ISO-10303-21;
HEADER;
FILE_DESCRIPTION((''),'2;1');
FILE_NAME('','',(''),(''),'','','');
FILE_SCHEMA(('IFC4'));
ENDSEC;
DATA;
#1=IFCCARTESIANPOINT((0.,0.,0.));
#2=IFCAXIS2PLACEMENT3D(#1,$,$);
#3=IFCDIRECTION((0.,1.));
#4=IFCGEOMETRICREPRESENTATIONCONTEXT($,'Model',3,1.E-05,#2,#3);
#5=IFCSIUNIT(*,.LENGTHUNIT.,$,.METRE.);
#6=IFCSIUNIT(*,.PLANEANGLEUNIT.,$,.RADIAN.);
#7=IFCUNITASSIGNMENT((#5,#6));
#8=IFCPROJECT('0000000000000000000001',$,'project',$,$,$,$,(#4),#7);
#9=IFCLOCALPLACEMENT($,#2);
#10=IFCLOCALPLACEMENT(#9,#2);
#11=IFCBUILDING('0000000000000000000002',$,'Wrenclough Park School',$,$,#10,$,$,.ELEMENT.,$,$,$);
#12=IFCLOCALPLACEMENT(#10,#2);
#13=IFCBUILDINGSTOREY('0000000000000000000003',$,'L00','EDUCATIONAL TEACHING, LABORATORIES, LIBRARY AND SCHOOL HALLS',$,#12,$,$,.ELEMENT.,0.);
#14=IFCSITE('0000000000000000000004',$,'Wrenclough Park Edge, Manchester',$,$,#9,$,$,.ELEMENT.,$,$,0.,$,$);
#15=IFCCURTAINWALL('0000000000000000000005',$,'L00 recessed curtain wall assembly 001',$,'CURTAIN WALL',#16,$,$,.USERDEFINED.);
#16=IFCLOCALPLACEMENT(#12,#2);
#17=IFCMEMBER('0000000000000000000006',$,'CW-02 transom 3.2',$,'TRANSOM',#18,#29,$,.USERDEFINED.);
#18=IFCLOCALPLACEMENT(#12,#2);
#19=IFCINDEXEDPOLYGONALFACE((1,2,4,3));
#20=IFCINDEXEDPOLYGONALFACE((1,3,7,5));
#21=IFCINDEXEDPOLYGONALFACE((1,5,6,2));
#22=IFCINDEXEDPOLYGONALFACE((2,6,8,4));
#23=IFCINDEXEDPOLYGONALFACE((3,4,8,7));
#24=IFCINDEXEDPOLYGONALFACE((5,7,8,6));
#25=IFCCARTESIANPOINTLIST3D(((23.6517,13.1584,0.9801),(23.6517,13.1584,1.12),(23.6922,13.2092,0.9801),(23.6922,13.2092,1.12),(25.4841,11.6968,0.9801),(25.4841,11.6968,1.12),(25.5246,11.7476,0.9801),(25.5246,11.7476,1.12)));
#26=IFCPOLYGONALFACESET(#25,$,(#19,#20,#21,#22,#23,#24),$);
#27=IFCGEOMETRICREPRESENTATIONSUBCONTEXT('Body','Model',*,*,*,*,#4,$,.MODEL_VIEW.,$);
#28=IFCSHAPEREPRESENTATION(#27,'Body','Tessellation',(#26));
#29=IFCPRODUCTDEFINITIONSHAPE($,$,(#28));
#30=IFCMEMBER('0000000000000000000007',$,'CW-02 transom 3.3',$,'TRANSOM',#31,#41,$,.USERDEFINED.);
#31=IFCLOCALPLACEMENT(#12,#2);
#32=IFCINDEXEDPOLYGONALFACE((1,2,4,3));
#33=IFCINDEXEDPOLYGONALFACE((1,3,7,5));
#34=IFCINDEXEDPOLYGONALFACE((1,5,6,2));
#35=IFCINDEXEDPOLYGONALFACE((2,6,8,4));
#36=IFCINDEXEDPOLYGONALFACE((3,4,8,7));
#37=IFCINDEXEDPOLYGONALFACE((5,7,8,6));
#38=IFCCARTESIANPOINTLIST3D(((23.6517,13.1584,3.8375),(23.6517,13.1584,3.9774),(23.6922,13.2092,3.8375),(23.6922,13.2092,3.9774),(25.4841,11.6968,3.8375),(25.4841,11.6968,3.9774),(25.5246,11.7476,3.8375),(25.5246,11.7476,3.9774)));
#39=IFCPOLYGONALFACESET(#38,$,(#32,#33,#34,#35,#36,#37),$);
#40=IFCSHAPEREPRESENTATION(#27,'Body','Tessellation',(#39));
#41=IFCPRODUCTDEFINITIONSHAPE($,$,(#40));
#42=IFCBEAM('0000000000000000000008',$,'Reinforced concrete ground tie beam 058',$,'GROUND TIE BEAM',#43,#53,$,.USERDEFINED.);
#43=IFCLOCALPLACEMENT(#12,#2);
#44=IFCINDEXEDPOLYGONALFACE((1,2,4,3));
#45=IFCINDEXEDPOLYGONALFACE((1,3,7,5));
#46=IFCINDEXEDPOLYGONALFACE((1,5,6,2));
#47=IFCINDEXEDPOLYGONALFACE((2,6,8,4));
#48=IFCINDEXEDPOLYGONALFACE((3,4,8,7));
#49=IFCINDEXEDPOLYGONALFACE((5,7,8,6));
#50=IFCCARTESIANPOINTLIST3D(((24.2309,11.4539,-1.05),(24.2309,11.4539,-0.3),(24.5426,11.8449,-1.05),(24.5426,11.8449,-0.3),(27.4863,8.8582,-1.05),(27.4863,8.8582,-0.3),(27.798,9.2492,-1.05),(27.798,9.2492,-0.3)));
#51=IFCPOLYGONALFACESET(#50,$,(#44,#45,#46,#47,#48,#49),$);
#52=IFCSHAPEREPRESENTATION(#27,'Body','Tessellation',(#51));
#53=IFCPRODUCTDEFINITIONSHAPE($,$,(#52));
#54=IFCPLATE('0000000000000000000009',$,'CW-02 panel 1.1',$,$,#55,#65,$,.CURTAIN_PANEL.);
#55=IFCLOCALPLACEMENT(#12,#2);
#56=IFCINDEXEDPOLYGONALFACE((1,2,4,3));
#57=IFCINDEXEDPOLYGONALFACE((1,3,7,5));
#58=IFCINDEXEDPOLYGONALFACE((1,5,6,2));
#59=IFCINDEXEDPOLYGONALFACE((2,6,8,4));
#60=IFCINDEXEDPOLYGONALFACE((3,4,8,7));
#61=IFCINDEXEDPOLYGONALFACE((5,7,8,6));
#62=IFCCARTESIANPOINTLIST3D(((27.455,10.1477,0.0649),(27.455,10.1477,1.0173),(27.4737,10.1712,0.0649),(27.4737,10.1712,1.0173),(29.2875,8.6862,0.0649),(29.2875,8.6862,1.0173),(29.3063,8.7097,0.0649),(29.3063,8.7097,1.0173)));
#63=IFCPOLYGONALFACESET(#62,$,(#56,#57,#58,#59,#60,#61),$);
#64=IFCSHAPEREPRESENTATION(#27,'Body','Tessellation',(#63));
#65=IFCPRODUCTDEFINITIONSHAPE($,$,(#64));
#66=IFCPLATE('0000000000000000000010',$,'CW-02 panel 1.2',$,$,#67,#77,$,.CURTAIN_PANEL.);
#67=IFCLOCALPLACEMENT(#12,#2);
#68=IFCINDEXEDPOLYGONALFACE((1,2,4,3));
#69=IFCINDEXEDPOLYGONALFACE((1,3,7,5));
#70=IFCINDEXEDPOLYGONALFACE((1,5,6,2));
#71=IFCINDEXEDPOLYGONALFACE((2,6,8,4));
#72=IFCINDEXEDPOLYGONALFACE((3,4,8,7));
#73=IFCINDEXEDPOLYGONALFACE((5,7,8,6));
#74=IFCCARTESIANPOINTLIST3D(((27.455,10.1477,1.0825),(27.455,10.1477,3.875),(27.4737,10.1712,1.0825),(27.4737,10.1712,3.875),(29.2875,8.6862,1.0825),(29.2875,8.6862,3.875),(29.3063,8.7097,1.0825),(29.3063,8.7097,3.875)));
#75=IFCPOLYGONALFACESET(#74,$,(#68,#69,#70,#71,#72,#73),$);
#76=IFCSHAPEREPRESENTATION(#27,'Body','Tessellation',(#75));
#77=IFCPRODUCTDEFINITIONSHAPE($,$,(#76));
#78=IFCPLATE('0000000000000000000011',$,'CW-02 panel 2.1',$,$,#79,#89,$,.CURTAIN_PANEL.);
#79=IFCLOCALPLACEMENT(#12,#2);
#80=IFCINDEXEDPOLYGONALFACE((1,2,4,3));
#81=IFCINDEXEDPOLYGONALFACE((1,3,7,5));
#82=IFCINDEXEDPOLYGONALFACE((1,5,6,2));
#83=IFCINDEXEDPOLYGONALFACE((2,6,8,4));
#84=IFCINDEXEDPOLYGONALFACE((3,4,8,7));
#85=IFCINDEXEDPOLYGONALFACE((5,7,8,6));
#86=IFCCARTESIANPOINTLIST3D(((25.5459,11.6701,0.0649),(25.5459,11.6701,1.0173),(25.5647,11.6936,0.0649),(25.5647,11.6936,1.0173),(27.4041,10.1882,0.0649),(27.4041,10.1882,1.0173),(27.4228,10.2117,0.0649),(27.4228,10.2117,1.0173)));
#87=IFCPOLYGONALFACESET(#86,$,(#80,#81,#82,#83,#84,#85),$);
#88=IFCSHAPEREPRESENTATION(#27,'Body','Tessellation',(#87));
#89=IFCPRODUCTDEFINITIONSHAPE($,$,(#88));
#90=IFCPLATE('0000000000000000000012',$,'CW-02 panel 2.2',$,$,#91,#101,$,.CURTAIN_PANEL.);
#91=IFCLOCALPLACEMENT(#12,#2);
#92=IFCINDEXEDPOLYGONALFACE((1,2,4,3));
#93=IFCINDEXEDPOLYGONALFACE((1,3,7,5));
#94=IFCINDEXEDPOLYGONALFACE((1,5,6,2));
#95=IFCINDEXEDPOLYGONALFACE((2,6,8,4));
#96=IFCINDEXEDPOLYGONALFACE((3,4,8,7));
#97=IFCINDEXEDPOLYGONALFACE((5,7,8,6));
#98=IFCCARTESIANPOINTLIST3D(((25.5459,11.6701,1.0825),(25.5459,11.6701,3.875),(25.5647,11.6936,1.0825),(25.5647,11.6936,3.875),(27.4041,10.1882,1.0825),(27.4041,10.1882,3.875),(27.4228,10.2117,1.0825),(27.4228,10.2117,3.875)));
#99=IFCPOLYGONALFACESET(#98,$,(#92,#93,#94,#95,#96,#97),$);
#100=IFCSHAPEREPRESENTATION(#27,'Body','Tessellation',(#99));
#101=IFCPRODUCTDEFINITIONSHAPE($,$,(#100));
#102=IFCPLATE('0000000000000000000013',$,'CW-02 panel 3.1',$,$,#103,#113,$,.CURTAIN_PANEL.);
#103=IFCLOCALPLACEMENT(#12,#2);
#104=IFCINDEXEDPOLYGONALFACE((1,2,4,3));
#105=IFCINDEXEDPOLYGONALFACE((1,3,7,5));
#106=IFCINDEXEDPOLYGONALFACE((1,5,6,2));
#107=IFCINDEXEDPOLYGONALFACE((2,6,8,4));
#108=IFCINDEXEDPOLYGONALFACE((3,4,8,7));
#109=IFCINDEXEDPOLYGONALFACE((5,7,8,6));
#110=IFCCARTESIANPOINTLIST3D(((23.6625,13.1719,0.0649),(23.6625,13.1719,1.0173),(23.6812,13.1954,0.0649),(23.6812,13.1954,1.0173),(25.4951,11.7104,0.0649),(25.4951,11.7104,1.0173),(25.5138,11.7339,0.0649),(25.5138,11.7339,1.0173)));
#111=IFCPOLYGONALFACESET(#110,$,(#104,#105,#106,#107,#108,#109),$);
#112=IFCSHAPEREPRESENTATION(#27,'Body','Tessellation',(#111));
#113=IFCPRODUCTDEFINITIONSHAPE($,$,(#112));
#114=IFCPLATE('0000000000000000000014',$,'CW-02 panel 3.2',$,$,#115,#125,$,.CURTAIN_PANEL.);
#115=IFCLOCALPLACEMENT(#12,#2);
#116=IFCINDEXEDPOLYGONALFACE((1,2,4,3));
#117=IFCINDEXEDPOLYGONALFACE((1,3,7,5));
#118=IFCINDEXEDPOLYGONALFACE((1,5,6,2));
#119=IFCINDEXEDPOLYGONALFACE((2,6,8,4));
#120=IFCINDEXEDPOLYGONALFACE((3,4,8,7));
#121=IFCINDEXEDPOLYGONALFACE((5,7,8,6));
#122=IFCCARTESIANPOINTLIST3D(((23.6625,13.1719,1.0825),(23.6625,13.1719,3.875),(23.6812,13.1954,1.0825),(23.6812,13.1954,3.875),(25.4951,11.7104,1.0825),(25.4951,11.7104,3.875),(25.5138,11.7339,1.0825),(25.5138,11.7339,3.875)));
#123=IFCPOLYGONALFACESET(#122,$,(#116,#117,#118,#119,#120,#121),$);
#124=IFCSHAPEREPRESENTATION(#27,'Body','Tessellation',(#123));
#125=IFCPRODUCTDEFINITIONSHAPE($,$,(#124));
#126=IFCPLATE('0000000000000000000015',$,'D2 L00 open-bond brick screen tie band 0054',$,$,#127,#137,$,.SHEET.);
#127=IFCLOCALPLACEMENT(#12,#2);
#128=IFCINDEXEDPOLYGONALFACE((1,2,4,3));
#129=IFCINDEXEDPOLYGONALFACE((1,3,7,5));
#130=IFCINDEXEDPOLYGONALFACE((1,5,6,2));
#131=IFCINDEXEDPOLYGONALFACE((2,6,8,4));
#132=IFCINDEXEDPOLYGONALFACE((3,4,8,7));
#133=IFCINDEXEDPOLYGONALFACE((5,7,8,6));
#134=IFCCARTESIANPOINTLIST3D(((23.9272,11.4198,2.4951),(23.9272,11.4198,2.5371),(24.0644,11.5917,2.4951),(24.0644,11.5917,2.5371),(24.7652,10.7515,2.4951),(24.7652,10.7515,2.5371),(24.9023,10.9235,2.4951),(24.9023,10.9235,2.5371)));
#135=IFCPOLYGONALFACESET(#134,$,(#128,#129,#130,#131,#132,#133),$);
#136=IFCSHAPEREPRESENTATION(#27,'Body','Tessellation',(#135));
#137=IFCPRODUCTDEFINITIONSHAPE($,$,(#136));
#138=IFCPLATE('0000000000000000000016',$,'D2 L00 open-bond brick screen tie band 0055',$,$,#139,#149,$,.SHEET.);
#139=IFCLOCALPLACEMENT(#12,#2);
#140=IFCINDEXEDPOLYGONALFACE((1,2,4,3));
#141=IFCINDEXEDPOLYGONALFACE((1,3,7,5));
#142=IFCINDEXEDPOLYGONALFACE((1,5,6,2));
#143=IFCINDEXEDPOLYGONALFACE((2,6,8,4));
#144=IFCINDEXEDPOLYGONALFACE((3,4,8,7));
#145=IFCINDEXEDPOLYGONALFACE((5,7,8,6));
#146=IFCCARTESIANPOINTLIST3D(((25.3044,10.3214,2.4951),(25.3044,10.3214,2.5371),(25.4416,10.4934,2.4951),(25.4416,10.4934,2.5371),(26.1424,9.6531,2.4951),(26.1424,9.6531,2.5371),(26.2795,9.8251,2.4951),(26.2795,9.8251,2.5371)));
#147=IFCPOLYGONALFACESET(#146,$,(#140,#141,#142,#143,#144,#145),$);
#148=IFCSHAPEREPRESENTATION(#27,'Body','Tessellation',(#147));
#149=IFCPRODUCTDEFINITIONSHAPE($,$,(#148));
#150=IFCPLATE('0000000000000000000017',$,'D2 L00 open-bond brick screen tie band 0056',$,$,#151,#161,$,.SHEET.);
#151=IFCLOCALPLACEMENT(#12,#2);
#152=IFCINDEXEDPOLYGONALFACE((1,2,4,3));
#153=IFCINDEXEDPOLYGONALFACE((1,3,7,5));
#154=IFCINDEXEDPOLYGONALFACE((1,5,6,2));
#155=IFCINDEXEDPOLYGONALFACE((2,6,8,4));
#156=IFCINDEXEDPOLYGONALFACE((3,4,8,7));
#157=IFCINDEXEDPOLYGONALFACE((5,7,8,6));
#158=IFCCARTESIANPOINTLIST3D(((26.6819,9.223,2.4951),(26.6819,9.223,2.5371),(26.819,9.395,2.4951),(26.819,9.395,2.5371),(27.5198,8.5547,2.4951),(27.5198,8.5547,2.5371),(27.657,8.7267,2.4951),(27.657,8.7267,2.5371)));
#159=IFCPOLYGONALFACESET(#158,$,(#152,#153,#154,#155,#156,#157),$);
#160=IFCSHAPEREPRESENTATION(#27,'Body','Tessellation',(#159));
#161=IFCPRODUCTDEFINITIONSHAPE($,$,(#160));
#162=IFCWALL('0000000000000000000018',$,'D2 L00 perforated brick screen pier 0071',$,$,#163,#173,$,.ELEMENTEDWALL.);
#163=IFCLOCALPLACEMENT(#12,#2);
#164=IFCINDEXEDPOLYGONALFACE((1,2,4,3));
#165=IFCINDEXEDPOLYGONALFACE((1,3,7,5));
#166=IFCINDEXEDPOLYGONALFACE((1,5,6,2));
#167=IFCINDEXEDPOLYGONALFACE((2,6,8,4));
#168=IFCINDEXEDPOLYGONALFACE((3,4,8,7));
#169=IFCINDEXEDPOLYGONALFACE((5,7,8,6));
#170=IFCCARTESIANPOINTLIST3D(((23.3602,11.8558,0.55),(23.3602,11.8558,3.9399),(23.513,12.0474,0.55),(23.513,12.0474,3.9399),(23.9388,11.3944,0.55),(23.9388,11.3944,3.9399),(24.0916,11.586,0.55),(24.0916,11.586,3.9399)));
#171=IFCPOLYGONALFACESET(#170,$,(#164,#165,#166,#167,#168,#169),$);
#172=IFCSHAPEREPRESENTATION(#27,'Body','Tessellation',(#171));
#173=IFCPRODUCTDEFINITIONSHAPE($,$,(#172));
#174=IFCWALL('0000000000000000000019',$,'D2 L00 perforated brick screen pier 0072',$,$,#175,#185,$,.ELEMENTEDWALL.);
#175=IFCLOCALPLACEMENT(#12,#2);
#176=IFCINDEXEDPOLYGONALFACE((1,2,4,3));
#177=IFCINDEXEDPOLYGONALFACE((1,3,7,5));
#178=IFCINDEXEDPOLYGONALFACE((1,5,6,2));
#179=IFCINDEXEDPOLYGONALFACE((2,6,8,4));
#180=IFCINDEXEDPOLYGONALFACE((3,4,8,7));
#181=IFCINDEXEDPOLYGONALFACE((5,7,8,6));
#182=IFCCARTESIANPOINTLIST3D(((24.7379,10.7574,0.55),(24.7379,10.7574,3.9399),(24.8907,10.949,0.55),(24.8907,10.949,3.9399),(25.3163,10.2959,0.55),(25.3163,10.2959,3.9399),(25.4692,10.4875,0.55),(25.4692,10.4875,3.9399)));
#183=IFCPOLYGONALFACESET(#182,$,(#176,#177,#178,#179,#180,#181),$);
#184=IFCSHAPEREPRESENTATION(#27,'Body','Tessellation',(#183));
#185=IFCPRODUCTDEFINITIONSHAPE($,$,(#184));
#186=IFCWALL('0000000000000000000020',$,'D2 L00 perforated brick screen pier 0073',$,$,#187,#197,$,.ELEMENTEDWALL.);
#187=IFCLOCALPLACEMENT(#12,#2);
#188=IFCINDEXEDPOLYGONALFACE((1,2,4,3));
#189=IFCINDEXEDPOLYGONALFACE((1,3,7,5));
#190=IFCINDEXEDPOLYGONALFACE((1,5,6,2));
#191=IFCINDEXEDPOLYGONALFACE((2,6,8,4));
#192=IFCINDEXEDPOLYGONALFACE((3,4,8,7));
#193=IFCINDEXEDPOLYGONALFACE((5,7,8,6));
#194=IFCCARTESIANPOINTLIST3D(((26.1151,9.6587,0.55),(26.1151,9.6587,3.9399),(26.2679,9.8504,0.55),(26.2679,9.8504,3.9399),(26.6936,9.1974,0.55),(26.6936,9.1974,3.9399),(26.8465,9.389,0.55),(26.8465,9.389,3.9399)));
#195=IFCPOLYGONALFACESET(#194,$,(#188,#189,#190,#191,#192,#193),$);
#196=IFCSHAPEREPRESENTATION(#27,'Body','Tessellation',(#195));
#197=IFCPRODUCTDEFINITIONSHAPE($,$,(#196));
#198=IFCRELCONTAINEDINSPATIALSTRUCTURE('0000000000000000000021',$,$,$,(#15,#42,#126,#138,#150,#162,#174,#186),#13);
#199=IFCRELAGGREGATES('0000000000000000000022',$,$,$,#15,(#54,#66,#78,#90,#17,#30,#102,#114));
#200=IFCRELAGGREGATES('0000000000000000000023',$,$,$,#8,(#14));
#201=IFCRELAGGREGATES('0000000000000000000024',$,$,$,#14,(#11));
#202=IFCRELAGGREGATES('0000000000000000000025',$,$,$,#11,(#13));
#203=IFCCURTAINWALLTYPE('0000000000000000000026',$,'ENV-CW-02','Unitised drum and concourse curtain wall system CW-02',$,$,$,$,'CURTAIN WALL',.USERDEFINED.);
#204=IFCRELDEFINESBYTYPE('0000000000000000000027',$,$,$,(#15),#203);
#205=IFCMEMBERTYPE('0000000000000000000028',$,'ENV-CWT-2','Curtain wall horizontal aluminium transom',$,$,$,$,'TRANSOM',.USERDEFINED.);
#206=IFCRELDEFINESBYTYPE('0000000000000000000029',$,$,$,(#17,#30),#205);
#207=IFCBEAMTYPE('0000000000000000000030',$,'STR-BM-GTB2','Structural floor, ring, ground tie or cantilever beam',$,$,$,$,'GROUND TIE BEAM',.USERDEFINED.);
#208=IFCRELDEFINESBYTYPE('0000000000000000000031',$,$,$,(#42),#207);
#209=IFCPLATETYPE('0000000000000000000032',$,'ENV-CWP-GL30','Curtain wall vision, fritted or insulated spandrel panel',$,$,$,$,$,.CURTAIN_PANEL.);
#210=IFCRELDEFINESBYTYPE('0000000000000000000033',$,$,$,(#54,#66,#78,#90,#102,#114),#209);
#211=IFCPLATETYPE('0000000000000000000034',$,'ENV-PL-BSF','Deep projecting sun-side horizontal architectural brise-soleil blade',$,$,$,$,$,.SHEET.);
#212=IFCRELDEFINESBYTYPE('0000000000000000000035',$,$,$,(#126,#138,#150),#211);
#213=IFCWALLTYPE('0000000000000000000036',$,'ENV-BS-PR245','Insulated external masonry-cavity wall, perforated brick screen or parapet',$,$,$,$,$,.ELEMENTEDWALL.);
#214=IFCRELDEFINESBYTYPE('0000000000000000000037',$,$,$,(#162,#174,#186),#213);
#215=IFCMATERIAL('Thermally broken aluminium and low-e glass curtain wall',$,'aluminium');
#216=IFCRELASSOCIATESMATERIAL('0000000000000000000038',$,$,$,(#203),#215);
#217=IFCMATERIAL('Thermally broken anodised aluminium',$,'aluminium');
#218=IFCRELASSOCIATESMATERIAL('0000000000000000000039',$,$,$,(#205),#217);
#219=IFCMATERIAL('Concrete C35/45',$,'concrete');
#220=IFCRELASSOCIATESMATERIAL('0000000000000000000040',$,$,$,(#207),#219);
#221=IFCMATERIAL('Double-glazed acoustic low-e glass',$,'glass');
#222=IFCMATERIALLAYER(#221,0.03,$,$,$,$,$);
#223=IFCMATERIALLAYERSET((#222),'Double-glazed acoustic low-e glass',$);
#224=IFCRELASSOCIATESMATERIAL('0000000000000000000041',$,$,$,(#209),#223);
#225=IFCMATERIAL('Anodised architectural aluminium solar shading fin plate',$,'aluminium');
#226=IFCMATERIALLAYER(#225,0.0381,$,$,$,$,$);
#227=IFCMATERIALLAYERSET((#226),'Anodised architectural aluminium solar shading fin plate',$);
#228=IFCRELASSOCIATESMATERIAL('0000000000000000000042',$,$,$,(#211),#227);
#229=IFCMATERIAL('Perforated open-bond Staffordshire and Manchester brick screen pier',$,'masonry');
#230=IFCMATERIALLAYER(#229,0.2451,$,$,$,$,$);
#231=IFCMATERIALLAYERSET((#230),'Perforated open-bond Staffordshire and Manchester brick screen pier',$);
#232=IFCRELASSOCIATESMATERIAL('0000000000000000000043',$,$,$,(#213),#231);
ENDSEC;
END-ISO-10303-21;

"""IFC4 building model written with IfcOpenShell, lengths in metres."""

from ifc_helpers import new_model, si_unit, direction, frame, frame_2d, origin, origin_2d, place, context, subcontext, project, spatial, rectangle, extrude, material, layer, layer_set, material_profile, profile_set, type_object, element, aggregate, save


model = new_model("IFC4")

# Units and contexts
model_context = context("Model", 3, precision=1e-05, world=origin(), true_north=direction((0.0, 1.0)))
body_context = subcontext(model_context, "Body", "Model", "MODEL_VIEW")
ifc_project = project(units=[si_unit("LENGTHUNIT", "METRE"), si_unit("PLANEANGLEUNIT", "RADIAN")], contexts=[model_context])

# Site, building, storey
site_placement = place(None, origin())
site = spatial("IfcSite", under=ifc_project, at=site_placement, Name="Wrenclough Park Edge, Manchester", CompositionType="ELEMENT", RefElevation=0.0)
building_placement = place(site_placement, origin())
building = spatial("IfcBuilding", under=site, at=building_placement, Name="Wrenclough Park School", CompositionType="ELEMENT")
storey_placement = place(building_placement, origin())
storey = spatial("IfcBuildingStorey", under=building, at=storey_placement, Name="L00", Description="EDUCATIONAL TEACHING, LABORATORIES, LIBRARY AND SCHOOL HALLS", CompositionType="ELEMENT", Elevation=0.0)

# Shared definitions
ifc_material_1 = material(Name="Concrete C35/45", Category="concrete")

# Curtain wall, members
ifc_material_2 = material(Name="Thermally broken aluminium and low-e glass curtain wall", Category="aluminium")
curtain_wall_type = type_object("IfcCurtainWallType", Name="ENV-CW-02", Description="Unitised drum and concourse curtain wall system CW-02", ElementType="CURTAIN WALL", PredefinedType="USERDEFINED", material=ifc_material_2)
curtain_wall_placement = place(storey_placement, origin())
curtain_wall = element("IfcCurtainWall", 1, at=curtain_wall_placement, inside=storey, type_object=curtain_wall_type, Name="L00 recessed curtain wall assembly 001", ObjectType="CURTAIN WALL", PredefinedType="USERDEFINED")
ifc_material_3 = material(Name="Thermally broken anodised aluminium", Category="aluminium")
ifc_material_profile_1 = material_profile(ifc_material_3, rectangle(XDim=0.0649, YDim=0.1399, at=origin_2d()), Name="AL TRANSOM 65x140")
ifc_profile_set_1 = profile_set([ifc_material_profile_1], Name="Thermally broken anodised aluminium")
member_type_1 = type_object("IfcMemberType", Name="ENV-CWT-2", Description="Curtain wall horizontal aluminium transom", ElementType="TRANSOM", PredefinedType="USERDEFINED", material=ifc_profile_set_1)
member_1_placement = place(storey_placement, frame((25.5044, 11.7222, 1.05), z_axis=(-0.781772, 0.623564, 0.0), x_axis=(-0.623564, -0.781772, 0.0)))
member_1 = element("IfcMember", 2, at=member_1_placement, type_object=member_type_1, Name="CW-02 transom 3.2", ObjectType="TRANSOM", PredefinedType="USERDEFINED", context=body_context, shape_type="SweptSolid", body=[
    extrude(rectangle(XDim=0.0649, YDim=0.1399, at=origin_2d()), origin(), (0.0, 0.0, 1.0), 2.344),
])
member_2_placement = place(storey_placement, frame((25.5044, 11.7222, 3.9075), z_axis=(-0.781772, 0.623564, 0.0), x_axis=(-0.623564, -0.781772, 0.0)))
member_2 = element("IfcMember", 3, at=member_2_placement, type_object=member_type_1, Name="CW-02 transom 3.3", ObjectType="TRANSOM", PredefinedType="USERDEFINED", context=body_context, shape_type="SweptSolid", body=[
    extrude(rectangle(XDim=0.0649, YDim=0.1399, at=origin_2d()), origin(), (0.0, 0.0, 1.0), 2.344),
])

# Beam
ifc_material_profile_2 = material_profile(ifc_material_1, rectangle(XDim=0.5, YDim=0.75, at=origin_2d()), Name="RC GROUND 500x750")
ifc_profile_set_2 = profile_set([ifc_material_profile_2], Name="Concrete C35/45")
beam_type = type_object("IfcBeamType", Name="STR-BM-GTB2", Description="Structural floor, ring, ground tie or cantilever beam", ElementType="GROUND TIE BEAM", PredefinedType="USERDEFINED", material=ifc_profile_set_2)
beam_placement = place(storey_placement, frame((24.3867, 11.6494, -0.675), z_axis=(0.781875, -0.623436, 0.0), x_axis=(0.623436, 0.781875, 0.0)))
element("IfcBeam", 4, at=beam_placement, inside=storey, type_object=beam_type, Name="Reinforced concrete ground tie beam 058", ObjectType="GROUND TIE BEAM", PredefinedType="USERDEFINED", context=body_context, shape_type="SweptSolid", body=[
    extrude(rectangle(XDim=0.5, YDim=0.75, at=origin_2d()), origin(), (0.0, 0.0, 1.0), 4.1636),
])

# Plates
ifc_material_4 = material(Name="Double-glazed acoustic low-e glass", Category="glass")
ifc_layer_1 = layer(ifc_material_4, 0.03)
ifc_layer_set_1 = layer_set([ifc_layer_1], Name="Double-glazed acoustic low-e glass")
plate_type_1 = type_object("IfcPlateType", Name="ENV-CWP-GL30", Description="Curtain wall vision, fritted or insulated spandrel panel", PredefinedType="CURTAIN_PANEL", material=ifc_layer_set_1)
plate_1_placement = place(storey_placement, frame((28.3806, 9.4287, 0.0649), z_axis=(0.0, 0.0, 1.0), x_axis=(-0.781824, 0.623499, 0.0)))
plate_1 = element("IfcPlate", 5, at=plate_1_placement, type_object=plate_type_1, Name="CW-02 panel 1.1", PredefinedType="CURTAIN_PANEL", context=body_context, shape_type="SweptSolid", body=[
    extrude(rectangle(XDim=2.344, YDim=0.03, at=origin_2d()), origin(), (0.0, 0.0, 1.0), 0.9524),
])
plate_2_placement = place(storey_placement, frame((28.3806, 9.4287, 1.0825), z_axis=(0.0, 0.0, 1.0), x_axis=(-0.781824, 0.623499, 0.0)))
plate_2 = element("IfcPlate", 6, at=plate_2_placement, type_object=plate_type_1, Name="CW-02 panel 1.2", PredefinedType="CURTAIN_PANEL", context=body_context, shape_type="SweptSolid", body=[
    extrude(rectangle(XDim=2.344, YDim=0.03, at=origin_2d()), origin(), (0.0, 0.0, 1.0), 2.7925),
])
plate_3_placement = place(storey_placement, frame((26.4844, 10.9409, 0.0649), z_axis=(0.0, 0.0, 1.0), x_axis=(-0.781824, 0.623499, 0.0)))
plate_3 = element("IfcPlate", 7, at=plate_3_placement, type_object=plate_type_1, Name="CW-02 panel 2.1", PredefinedType="CURTAIN_PANEL", context=body_context, shape_type="SweptSolid", body=[
    extrude(rectangle(XDim=2.3767, YDim=0.03, at=origin_2d()), origin(), (0.0, 0.0, 1.0), 0.9524),
])
plate_4_placement = place(storey_placement, frame((26.4844, 10.9409, 1.0825), z_axis=(0.0, 0.0, 1.0), x_axis=(-0.781824, 0.623499, 0.0)))
plate_4 = element("IfcPlate", 8, at=plate_4_placement, type_object=plate_type_1, Name="CW-02 panel 2.2", PredefinedType="CURTAIN_PANEL", context=body_context, shape_type="SweptSolid", body=[
    extrude(rectangle(XDim=2.3767, YDim=0.03, at=origin_2d()), origin(), (0.0, 0.0, 1.0), 2.7925),
])
plate_5_placement = place(storey_placement, frame((24.5881, 12.4529, 0.0649), z_axis=(0.0, 0.0, 1.0), x_axis=(-0.781824, 0.623499, 0.0)))
plate_5 = element("IfcPlate", 9, at=plate_5_placement, type_object=plate_type_1, Name="CW-02 panel 3.1", PredefinedType="CURTAIN_PANEL", context=body_context, shape_type="SweptSolid", body=[
    extrude(rectangle(XDim=2.344, YDim=0.03, at=origin_2d()), origin(), (0.0, 0.0, 1.0), 0.9524),
])
plate_6_placement = place(storey_placement, frame((24.5881, 12.4529, 1.0825), z_axis=(0.0, 0.0, 1.0), x_axis=(-0.781824, 0.623499, 0.0)))
plate_6 = element("IfcPlate", 10, at=plate_6_placement, type_object=plate_type_1, Name="CW-02 panel 3.2", PredefinedType="CURTAIN_PANEL", context=body_context, shape_type="SweptSolid", body=[
    extrude(rectangle(XDim=2.344, YDim=0.03, at=origin_2d()), origin(), (0.0, 0.0, 1.0), 2.7925),
])
aggregate(curtain_wall, [plate_1, plate_2, plate_3, plate_4, member_1, member_2, plate_5, plate_6])

# Plates
ifc_material_5 = material(Name="Anodised architectural aluminium solar shading fin plate", Category="aluminium")
ifc_layer_2 = layer(ifc_material_5, 0.0381)
ifc_layer_set_2 = layer_set([ifc_layer_2], Name="Anodised architectural aluminium solar shading fin plate")
plate_type_2 = type_object("IfcPlateType", Name="ENV-PL-BSF", Description="Deep projecting sun-side horizontal architectural brise-soleil blade", PredefinedType="SHEET", material=ifc_layer_set_2)
for number, where, z_axis, x_axis, name in (
    (11, (24.4148, 11.1716, 2.4951), (0.0, 0.0, 1.0), (0.781827, -0.623495, 0.0), "D2 L00 open-bond brick screen tie band 0054"),
    (12, (25.792, 10.0732, 2.4951), (0.0, 0.0, 1.0), (0.781827, -0.623495, 0.0), "D2 L00 open-bond brick screen tie band 0055"),
    (13, (27.1694, 8.9749, 2.4951), (0.0, 0.0, 1.0), (0.781827, -0.623495, 0.0), "D2 L00 open-bond brick screen tie band 0056"),
):
    element("IfcPlate", number, at=place(storey_placement, frame(where, z_axis=z_axis, x_axis=x_axis)), inside=storey, type_object=plate_type_2, Name=name, PredefinedType="SHEET", context=body_context, shape_type="SweptSolid", body=[
        extrude(rectangle(XDim=1.0718, YDim=0.22, at=origin_2d()), origin(), (0.0, 0.0, 1.0), 0.042),
    ])

# Walls
ifc_material_6 = material(Name="Perforated open-bond Staffordshire and Manchester brick screen pier", Category="masonry")
ifc_layer_3 = layer(ifc_material_6, 0.2451)
ifc_layer_set_3 = layer_set([ifc_layer_3], Name="Perforated open-bond Staffordshire and Manchester brick screen pier")
wall_type_1 = type_object("IfcWallType", Name="ENV-BS-PR245", Description="Insulated external masonry-cavity wall, perforated brick screen or parapet", PredefinedType="ELEMENTEDWALL", material=ifc_layer_set_3)
for number, where, z_axis, x_axis, name in (
    (14, (23.4365, 11.9517, 0.55), (0.0, 0.0, 1.0), (0.781833, -0.623487, 0.0), "D2 L00 perforated brick screen pier 0071"),
    (15, (24.8142, 10.8533, 0.55), (0.0, 0.0, 1.0), (0.781705, -0.623648, 0.0), "D2 L00 perforated brick screen pier 0072"),
    (16, (26.1914, 9.7546, 0.55), (0.0, 0.0, 1.0), (0.781833, -0.623487, 0.0), "D2 L00 perforated brick screen pier 0073"),
):
    element("IfcWall", number, at=place(storey_placement, frame(where, z_axis=z_axis, x_axis=x_axis)), inside=storey, type_object=wall_type_1, Name=name, PredefinedType="ELEMENTEDWALL", context=body_context, shape_type="SweptSolid", body=[
        extrude(rectangle(XDim=0.74, YDim=0.2451, at=frame_2d((0.3701, 0.0))), origin(), (0.0, 0.0, 1.0), 3.3899),
    ])

save(model, "model.ifc")
